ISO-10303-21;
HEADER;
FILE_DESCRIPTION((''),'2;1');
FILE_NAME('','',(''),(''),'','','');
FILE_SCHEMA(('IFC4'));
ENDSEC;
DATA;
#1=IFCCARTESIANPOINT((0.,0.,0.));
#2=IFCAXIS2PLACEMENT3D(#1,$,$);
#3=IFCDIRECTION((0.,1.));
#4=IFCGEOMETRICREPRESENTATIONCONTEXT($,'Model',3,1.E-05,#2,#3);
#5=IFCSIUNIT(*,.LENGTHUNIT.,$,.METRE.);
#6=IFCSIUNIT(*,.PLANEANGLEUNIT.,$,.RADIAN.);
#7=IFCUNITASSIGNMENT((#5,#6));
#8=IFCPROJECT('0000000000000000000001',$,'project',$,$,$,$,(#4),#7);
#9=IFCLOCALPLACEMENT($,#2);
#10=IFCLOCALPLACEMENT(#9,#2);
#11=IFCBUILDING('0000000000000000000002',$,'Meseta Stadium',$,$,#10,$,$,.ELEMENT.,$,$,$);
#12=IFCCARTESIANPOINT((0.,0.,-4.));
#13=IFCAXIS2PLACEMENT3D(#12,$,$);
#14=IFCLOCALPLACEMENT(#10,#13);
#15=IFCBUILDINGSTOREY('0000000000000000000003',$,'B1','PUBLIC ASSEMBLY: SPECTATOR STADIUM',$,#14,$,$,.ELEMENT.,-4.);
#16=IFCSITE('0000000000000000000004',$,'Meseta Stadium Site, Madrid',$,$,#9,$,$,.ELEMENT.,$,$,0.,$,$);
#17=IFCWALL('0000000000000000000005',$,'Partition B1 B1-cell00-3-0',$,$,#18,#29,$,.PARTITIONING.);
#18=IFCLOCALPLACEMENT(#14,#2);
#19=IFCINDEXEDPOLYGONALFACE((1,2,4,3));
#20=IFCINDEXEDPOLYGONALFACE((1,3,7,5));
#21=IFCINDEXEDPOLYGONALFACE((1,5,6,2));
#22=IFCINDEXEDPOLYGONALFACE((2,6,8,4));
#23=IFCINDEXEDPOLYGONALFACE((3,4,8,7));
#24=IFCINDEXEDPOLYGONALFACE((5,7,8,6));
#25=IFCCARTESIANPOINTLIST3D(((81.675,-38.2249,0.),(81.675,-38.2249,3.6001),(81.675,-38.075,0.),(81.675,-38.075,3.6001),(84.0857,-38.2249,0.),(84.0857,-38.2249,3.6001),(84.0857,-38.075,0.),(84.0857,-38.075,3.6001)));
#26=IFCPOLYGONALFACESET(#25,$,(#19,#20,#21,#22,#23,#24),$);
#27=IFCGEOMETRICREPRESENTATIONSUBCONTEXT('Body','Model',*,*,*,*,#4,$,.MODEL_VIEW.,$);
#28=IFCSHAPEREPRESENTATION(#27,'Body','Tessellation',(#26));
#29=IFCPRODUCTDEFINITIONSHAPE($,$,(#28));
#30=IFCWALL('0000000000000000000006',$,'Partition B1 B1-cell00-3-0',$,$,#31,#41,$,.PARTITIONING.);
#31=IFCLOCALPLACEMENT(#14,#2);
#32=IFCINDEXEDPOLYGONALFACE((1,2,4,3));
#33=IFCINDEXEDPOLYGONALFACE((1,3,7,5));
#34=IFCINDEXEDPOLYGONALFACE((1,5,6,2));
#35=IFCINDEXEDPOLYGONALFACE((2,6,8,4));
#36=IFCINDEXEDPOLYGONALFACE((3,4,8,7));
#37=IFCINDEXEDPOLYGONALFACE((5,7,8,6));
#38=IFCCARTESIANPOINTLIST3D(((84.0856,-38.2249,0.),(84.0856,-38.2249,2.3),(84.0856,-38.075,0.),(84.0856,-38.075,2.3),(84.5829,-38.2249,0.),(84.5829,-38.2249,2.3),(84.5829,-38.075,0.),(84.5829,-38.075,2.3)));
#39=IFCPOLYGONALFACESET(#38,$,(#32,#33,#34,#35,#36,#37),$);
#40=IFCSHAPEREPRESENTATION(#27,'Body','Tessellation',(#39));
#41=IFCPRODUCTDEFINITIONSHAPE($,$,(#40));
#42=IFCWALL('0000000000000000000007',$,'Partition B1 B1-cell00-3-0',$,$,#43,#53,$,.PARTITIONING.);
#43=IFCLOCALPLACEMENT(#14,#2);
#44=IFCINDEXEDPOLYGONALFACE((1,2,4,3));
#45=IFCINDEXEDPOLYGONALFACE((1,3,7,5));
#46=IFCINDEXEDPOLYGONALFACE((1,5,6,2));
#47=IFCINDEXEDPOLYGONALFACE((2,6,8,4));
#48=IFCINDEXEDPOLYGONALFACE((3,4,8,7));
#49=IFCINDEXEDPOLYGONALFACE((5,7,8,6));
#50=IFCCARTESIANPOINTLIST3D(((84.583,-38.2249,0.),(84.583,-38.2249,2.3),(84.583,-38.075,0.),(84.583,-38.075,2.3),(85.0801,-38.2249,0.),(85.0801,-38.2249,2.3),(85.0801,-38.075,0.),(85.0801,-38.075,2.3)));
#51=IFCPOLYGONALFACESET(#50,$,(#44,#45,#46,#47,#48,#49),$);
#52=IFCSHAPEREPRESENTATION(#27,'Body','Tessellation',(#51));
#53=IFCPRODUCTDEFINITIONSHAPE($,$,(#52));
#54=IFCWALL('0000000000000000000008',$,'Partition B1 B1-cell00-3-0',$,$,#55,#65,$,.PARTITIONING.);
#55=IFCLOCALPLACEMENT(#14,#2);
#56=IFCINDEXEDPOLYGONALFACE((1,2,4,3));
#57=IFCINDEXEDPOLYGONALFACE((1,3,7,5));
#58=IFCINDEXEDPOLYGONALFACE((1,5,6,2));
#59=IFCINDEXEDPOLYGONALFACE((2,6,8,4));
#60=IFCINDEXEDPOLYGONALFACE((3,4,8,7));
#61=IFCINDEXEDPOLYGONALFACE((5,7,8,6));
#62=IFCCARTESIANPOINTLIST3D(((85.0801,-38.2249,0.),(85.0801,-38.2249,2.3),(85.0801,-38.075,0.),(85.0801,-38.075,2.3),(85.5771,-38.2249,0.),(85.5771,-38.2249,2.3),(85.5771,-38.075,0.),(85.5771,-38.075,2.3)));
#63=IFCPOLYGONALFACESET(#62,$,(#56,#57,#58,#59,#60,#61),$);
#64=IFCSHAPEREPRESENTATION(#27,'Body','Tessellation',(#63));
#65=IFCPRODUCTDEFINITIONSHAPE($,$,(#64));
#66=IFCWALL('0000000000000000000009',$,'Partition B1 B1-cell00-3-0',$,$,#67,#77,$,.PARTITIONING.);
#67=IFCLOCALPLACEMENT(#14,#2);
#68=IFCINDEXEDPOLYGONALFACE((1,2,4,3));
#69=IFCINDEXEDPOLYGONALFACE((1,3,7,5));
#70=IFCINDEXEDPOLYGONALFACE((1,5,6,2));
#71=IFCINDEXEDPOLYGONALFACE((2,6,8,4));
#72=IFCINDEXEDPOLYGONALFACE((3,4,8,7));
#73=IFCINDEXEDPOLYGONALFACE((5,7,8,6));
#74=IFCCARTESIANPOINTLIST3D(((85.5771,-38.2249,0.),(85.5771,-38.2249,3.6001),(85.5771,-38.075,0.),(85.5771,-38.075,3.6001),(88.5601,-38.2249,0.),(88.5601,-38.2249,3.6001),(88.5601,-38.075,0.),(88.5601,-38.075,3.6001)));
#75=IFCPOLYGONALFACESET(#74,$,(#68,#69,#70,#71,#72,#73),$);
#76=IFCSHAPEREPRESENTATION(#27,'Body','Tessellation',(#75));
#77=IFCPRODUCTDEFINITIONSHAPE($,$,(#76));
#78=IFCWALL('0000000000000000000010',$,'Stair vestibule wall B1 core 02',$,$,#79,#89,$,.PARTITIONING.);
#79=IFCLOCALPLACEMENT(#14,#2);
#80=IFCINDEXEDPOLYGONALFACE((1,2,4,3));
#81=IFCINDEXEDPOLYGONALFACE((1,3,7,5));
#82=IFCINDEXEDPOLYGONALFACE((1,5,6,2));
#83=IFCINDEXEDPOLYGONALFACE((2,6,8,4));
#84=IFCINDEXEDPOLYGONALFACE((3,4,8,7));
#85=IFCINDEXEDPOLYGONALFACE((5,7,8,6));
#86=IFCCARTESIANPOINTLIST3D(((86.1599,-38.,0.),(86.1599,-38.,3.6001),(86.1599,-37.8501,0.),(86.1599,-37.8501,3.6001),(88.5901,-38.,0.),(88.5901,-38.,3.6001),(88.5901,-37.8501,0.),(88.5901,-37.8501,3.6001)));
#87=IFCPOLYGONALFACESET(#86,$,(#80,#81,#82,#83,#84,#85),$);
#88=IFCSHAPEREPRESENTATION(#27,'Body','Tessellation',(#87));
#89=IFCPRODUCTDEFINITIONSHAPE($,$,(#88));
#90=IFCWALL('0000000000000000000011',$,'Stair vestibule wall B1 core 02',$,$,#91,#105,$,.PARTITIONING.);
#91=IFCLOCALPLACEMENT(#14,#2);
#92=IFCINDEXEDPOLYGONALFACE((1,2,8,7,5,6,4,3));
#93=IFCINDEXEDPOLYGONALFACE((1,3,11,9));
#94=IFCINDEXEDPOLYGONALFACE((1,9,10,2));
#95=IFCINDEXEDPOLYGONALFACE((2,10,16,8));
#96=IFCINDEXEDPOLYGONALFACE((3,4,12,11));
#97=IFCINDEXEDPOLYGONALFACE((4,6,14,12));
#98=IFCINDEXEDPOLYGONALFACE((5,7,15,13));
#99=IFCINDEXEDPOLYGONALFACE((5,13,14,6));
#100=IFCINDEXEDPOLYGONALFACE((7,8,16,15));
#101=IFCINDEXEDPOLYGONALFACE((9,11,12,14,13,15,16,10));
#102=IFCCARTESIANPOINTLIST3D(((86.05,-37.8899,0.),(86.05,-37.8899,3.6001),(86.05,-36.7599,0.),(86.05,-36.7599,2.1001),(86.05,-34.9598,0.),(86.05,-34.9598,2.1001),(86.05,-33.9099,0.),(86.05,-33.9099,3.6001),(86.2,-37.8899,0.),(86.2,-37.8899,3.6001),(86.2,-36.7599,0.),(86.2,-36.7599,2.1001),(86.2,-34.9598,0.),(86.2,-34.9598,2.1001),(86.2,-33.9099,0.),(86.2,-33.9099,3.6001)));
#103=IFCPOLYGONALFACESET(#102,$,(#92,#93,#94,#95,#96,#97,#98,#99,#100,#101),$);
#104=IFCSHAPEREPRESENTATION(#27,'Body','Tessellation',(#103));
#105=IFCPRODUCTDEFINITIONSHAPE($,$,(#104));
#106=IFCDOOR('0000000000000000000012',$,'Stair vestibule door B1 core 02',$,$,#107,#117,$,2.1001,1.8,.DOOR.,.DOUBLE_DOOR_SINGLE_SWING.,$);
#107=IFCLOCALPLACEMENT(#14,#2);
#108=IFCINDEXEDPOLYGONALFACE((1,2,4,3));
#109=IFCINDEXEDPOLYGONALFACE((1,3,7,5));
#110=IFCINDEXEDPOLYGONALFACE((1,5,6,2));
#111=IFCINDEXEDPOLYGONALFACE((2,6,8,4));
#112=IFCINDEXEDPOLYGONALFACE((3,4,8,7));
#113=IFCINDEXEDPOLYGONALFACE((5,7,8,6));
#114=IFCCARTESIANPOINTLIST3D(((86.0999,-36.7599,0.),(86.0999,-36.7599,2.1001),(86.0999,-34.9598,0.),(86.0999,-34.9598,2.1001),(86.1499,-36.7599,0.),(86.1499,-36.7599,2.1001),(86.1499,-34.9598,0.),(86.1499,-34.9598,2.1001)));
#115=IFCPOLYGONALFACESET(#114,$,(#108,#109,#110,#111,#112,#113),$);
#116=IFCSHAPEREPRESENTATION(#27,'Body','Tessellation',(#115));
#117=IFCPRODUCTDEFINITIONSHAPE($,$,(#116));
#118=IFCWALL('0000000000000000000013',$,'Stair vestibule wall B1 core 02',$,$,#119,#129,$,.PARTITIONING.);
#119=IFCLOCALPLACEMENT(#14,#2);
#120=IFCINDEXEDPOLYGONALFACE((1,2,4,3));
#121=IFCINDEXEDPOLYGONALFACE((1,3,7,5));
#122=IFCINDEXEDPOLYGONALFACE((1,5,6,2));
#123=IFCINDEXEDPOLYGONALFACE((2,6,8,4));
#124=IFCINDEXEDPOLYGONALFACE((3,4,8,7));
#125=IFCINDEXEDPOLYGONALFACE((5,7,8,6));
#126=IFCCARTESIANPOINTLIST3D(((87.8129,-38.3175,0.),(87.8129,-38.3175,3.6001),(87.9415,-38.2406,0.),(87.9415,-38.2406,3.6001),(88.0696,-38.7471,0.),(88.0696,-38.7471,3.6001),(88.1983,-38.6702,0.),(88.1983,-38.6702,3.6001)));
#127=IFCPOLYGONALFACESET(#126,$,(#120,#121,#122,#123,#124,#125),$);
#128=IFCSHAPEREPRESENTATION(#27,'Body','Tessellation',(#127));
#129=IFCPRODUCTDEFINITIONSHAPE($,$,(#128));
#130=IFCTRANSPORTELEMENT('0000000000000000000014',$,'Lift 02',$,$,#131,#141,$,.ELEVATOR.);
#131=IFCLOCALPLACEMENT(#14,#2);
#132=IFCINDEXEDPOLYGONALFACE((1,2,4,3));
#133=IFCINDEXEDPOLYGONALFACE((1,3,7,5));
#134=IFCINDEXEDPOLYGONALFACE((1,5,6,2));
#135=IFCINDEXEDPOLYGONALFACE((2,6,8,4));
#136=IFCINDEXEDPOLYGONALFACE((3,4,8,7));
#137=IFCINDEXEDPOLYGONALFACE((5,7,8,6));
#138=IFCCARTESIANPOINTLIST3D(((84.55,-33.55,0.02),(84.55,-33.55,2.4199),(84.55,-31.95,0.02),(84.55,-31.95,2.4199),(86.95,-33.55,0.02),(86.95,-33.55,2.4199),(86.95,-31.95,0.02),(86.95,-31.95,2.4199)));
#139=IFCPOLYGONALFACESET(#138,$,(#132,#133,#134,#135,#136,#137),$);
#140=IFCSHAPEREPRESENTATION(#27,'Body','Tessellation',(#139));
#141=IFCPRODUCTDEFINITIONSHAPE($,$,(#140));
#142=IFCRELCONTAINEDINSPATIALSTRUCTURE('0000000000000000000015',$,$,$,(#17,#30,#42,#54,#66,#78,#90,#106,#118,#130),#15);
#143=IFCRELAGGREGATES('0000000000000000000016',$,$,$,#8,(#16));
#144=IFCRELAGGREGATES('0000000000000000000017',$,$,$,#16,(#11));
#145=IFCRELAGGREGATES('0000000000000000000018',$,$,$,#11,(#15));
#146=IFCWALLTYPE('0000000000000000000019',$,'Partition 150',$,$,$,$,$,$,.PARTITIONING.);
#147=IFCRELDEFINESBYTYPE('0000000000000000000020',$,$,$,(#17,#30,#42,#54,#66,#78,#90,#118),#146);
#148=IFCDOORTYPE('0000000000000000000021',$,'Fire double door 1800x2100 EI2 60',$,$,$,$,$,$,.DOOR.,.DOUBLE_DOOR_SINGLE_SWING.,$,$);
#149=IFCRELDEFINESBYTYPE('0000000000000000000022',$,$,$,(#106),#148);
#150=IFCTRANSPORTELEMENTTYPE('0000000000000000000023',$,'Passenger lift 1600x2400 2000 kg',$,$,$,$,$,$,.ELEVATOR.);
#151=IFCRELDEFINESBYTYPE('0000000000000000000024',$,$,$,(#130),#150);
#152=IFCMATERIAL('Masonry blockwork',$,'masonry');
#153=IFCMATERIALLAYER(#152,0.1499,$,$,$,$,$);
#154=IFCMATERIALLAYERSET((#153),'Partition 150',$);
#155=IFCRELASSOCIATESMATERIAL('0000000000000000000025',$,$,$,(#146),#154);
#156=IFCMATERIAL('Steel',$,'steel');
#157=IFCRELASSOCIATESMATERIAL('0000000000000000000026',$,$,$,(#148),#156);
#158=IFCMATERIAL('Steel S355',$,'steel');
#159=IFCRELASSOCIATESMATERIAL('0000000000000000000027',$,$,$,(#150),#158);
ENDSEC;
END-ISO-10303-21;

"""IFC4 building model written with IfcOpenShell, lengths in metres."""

from ifc_helpers import new_model, si_unit, direction, frame, frame_2d, origin, origin_2d, place, context, subcontext, project, spatial, rectangle, extrude, material, layer, layer_set, type_object, element, fill, save


model = new_model("IFC4")

# Units and contexts
model_context = context("Model", 3, precision=1e-05, world=origin(), true_north=direction((0.0, 1.0)))
body_context = subcontext(model_context, "Body", "Model", "MODEL_VIEW")
ifc_project = project(units=[si_unit("LENGTHUNIT", "METRE"), si_unit("PLANEANGLEUNIT", "RADIAN")], contexts=[model_context])

# Site, building, storey
site_placement = place(None, origin())
site = spatial("IfcSite", under=ifc_project, at=site_placement, Name="Meseta Stadium Site, Madrid", CompositionType="ELEMENT", RefElevation=0.0)
building_placement = place(site_placement, origin())
building = spatial("IfcBuilding", under=site, at=building_placement, Name="Meseta Stadium", CompositionType="ELEMENT")
storey_placement = place(building_placement, frame((0.0, 0.0, -4.0)))
storey = spatial("IfcBuildingStorey", under=building, at=storey_placement, Name="B1", Description="PUBLIC ASSEMBLY: SPECTATOR STADIUM", CompositionType="ELEMENT", Elevation=-4.0)

# Shared definitions
ifc_material_1 = material(Name="Masonry blockwork", Category="masonry")
ifc_layer_1 = layer(ifc_material_1, 0.1499)
ifc_layer_set_1 = layer_set([ifc_layer_1], Name="Partition 150")
wall_type_1 = type_object("IfcWallType", Name="Partition 150", PredefinedType="PARTITIONING", material=ifc_layer_set_1)

# Walls
wall_1_placement = place(storey_placement, frame((81.675, -38.1499, 0.0), z_axis=(0.0, 0.0, 1.0), x_axis=(1.0, 0.0, 0.0)))
element("IfcWall", 1, at=wall_1_placement, inside=storey, type_object=wall_type_1, Name="Partition B1 B1-cell00-3-0", PredefinedType="PARTITIONING", context=body_context, shape_type="SweptSolid", body=[
    extrude(rectangle(XDim=2.4106, YDim=0.1499, at=frame_2d((1.2053, 0.0))), origin(), (0.0, 0.0, 1.0), 3.6001),
])
wall_2_placement = place(storey_placement, frame((84.0857, -38.1499, 0.0), z_axis=(0.0, 0.0, 1.0), x_axis=(1.0, 0.0, 0.0)))
element("IfcWall", 2, at=wall_2_placement, inside=storey, type_object=wall_type_1, Name="Partition B1 B1-cell00-3-0", PredefinedType="PARTITIONING", context=body_context, shape_type="SweptSolid", body=[
    extrude(rectangle(XDim=0.4973, YDim=0.1499, at=frame_2d((0.2485, 0.0))), origin(), (0.0, 0.0, 1.0), 2.3),
])
for number, where, z_axis, x_axis, name in (
    (3, (84.583, -38.1499, 0.0), (0.0, 0.0, 1.0), (1.0, 0.0, 0.0), "Partition B1 B1-cell00-3-0"),
    (4, (85.0801, -38.1499, 0.0), (0.0, 0.0, 1.0), (1.0, 0.0, 0.0), "Partition B1 B1-cell00-3-0"),
):
    element("IfcWall", number, at=place(storey_placement, frame(where, z_axis=z_axis, x_axis=x_axis)), inside=storey, type_object=wall_type_1, Name=name, PredefinedType="PARTITIONING", context=body_context, shape_type="SweptSolid", body=[
        extrude(rectangle(XDim=0.4971, YDim=0.1499, at=frame_2d((0.2485, 0.0))), origin(), (0.0, 0.0, 1.0), 2.3),
    ])
wall_3_placement = place(storey_placement, frame((85.5771, -38.1499, 0.0), z_axis=(0.0, 0.0, 1.0), x_axis=(1.0, 0.0, 0.0)))
element("IfcWall", 5, at=wall_3_placement, inside=storey, type_object=wall_type_1, Name="Partition B1 B1-cell00-3-0", PredefinedType="PARTITIONING", context=body_context, shape_type="SweptSolid", body=[
    extrude(rectangle(XDim=2.9829, YDim=0.1499, at=frame_2d((1.4915, 0.0))), origin(), (0.0, 0.0, 1.0), 3.6001),
])
wall_4_placement = place(storey_placement, frame((86.1599, -37.925, 0.0), z_axis=(0.0, 0.0, 1.0), x_axis=(1.0, 0.0, 0.0)))
element("IfcWall", 6, at=wall_4_placement, inside=storey, type_object=wall_type_1, Name="Stair vestibule wall B1 core 02", PredefinedType="PARTITIONING", context=body_context, shape_type="SweptSolid", body=[
    extrude(rectangle(XDim=2.4302, YDim=0.1499, at=frame_2d((1.2151, 0.0))), origin(), (0.0, 0.0, 1.0), 3.6001),
])

# Wall, opening, door
wall_5_placement = place(storey_placement, frame((86.125, -33.9099, 0.0), z_axis=(0.0, 0.0, 1.0), x_axis=(0.0, -1.0, 0.0)))
wall_5 = element("IfcWall", 7, at=wall_5_placement, inside=storey, type_object=wall_type_1, Name="Stair vestibule wall B1 core 02", PredefinedType="PARTITIONING", context=body_context, shape_type="SweptSolid", body=[
    extrude(rectangle(XDim=3.98, YDim=0.1499, at=frame_2d((1.99, 0.0))), origin(), (0.0, 0.0, 1.0), 3.6001),
])
opening_1_placement = place(wall_5_placement, frame((1.05, 0.0, 0.0)))
opening_1 = element("IfcOpeningElement", 8, at=opening_1_placement, cuts=wall_5, PredefinedType="OPENING", context=body_context, shape_type="SweptSolid", body=[
    extrude(rectangle(XDim=1.8, YDim=2.1001, at=frame_2d((0.8999, 1.05))), frame((0.0, 0.085, 0.0), z_axis=(0.0, -1.0, 0.0), x_axis=(1.0, 0.0, 0.0)), (0.0, 0.0, 1.0), 0.1699),
])
ifc_material_2 = material(Name="Steel", Category="steel")
door_type_1 = type_object("IfcDoorType", Name="Fire double door 1800x2100 EI2 60", OperationType="DOUBLE_DOOR_SINGLE_SWING", PredefinedType="DOOR", material=ifc_material_2)
door_1_placement = place(opening_1_placement, origin())
door_1 = element("IfcDoor", 9, at=door_1_placement, inside=storey, type_object=door_type_1, Name="Stair vestibule door B1 core 02", OperationType="DOUBLE_DOOR_SINGLE_SWING", OverallHeight=2.1001, OverallWidth=1.8, PredefinedType="DOOR", context=body_context, shape_type="SweptSolid", body=[
    extrude(rectangle(XDim=1.8, YDim=2.1001, at=frame_2d((0.8999, 1.05))), frame((0.0, 0.0249, 0.0), z_axis=(0.0, -1.0, 0.0), x_axis=(1.0, 0.0, 0.0)), (0.0, 0.0, 1.0), 0.05),
])
fill(opening_1, door_1)

# Wall
wall_6_placement = place(storey_placement, frame((87.8772, -38.2791, 0.0), z_axis=(0.0, 0.0, 1.0), x_axis=(0.513061, -0.858352, 0.0)))
element("IfcWall", 10, at=wall_6_placement, inside=storey, type_object=wall_type_1, Name="Stair vestibule wall B1 core 02", PredefinedType="PARTITIONING", context=body_context, shape_type="SweptSolid", body=[
    extrude(rectangle(XDim=0.5005, YDim=0.1499, at=frame_2d((0.2502, 0.0))), origin(), (0.0, 0.0, 1.0), 3.6001),
])

# Transport element
ifc_material_3 = material(Name="Steel S355", Category="steel")
transport_element_type = type_object("IfcTransportElementType", Name="Passenger lift 1600x2400 2000 kg", PredefinedType="ELEVATOR", material=ifc_material_3)
transport_element_placement = place(storey_placement, frame((85.75, -32.75, 0.02), z_axis=(0.0, 0.0, 1.0), x_axis=(-1.0, 0.0, 0.0)))
element("IfcTransportElement", 11, at=transport_element_placement, inside=storey, type_object=transport_element_type, Name="Lift 02", PredefinedType="ELEVATOR", context=body_context, shape_type="SweptSolid", body=[
    extrude(rectangle(XDim=2.3999, YDim=1.6001, at=origin_2d()), origin(), (0.0, 0.0, 1.0), 2.3999),
])

save(model, "model.ifc")
